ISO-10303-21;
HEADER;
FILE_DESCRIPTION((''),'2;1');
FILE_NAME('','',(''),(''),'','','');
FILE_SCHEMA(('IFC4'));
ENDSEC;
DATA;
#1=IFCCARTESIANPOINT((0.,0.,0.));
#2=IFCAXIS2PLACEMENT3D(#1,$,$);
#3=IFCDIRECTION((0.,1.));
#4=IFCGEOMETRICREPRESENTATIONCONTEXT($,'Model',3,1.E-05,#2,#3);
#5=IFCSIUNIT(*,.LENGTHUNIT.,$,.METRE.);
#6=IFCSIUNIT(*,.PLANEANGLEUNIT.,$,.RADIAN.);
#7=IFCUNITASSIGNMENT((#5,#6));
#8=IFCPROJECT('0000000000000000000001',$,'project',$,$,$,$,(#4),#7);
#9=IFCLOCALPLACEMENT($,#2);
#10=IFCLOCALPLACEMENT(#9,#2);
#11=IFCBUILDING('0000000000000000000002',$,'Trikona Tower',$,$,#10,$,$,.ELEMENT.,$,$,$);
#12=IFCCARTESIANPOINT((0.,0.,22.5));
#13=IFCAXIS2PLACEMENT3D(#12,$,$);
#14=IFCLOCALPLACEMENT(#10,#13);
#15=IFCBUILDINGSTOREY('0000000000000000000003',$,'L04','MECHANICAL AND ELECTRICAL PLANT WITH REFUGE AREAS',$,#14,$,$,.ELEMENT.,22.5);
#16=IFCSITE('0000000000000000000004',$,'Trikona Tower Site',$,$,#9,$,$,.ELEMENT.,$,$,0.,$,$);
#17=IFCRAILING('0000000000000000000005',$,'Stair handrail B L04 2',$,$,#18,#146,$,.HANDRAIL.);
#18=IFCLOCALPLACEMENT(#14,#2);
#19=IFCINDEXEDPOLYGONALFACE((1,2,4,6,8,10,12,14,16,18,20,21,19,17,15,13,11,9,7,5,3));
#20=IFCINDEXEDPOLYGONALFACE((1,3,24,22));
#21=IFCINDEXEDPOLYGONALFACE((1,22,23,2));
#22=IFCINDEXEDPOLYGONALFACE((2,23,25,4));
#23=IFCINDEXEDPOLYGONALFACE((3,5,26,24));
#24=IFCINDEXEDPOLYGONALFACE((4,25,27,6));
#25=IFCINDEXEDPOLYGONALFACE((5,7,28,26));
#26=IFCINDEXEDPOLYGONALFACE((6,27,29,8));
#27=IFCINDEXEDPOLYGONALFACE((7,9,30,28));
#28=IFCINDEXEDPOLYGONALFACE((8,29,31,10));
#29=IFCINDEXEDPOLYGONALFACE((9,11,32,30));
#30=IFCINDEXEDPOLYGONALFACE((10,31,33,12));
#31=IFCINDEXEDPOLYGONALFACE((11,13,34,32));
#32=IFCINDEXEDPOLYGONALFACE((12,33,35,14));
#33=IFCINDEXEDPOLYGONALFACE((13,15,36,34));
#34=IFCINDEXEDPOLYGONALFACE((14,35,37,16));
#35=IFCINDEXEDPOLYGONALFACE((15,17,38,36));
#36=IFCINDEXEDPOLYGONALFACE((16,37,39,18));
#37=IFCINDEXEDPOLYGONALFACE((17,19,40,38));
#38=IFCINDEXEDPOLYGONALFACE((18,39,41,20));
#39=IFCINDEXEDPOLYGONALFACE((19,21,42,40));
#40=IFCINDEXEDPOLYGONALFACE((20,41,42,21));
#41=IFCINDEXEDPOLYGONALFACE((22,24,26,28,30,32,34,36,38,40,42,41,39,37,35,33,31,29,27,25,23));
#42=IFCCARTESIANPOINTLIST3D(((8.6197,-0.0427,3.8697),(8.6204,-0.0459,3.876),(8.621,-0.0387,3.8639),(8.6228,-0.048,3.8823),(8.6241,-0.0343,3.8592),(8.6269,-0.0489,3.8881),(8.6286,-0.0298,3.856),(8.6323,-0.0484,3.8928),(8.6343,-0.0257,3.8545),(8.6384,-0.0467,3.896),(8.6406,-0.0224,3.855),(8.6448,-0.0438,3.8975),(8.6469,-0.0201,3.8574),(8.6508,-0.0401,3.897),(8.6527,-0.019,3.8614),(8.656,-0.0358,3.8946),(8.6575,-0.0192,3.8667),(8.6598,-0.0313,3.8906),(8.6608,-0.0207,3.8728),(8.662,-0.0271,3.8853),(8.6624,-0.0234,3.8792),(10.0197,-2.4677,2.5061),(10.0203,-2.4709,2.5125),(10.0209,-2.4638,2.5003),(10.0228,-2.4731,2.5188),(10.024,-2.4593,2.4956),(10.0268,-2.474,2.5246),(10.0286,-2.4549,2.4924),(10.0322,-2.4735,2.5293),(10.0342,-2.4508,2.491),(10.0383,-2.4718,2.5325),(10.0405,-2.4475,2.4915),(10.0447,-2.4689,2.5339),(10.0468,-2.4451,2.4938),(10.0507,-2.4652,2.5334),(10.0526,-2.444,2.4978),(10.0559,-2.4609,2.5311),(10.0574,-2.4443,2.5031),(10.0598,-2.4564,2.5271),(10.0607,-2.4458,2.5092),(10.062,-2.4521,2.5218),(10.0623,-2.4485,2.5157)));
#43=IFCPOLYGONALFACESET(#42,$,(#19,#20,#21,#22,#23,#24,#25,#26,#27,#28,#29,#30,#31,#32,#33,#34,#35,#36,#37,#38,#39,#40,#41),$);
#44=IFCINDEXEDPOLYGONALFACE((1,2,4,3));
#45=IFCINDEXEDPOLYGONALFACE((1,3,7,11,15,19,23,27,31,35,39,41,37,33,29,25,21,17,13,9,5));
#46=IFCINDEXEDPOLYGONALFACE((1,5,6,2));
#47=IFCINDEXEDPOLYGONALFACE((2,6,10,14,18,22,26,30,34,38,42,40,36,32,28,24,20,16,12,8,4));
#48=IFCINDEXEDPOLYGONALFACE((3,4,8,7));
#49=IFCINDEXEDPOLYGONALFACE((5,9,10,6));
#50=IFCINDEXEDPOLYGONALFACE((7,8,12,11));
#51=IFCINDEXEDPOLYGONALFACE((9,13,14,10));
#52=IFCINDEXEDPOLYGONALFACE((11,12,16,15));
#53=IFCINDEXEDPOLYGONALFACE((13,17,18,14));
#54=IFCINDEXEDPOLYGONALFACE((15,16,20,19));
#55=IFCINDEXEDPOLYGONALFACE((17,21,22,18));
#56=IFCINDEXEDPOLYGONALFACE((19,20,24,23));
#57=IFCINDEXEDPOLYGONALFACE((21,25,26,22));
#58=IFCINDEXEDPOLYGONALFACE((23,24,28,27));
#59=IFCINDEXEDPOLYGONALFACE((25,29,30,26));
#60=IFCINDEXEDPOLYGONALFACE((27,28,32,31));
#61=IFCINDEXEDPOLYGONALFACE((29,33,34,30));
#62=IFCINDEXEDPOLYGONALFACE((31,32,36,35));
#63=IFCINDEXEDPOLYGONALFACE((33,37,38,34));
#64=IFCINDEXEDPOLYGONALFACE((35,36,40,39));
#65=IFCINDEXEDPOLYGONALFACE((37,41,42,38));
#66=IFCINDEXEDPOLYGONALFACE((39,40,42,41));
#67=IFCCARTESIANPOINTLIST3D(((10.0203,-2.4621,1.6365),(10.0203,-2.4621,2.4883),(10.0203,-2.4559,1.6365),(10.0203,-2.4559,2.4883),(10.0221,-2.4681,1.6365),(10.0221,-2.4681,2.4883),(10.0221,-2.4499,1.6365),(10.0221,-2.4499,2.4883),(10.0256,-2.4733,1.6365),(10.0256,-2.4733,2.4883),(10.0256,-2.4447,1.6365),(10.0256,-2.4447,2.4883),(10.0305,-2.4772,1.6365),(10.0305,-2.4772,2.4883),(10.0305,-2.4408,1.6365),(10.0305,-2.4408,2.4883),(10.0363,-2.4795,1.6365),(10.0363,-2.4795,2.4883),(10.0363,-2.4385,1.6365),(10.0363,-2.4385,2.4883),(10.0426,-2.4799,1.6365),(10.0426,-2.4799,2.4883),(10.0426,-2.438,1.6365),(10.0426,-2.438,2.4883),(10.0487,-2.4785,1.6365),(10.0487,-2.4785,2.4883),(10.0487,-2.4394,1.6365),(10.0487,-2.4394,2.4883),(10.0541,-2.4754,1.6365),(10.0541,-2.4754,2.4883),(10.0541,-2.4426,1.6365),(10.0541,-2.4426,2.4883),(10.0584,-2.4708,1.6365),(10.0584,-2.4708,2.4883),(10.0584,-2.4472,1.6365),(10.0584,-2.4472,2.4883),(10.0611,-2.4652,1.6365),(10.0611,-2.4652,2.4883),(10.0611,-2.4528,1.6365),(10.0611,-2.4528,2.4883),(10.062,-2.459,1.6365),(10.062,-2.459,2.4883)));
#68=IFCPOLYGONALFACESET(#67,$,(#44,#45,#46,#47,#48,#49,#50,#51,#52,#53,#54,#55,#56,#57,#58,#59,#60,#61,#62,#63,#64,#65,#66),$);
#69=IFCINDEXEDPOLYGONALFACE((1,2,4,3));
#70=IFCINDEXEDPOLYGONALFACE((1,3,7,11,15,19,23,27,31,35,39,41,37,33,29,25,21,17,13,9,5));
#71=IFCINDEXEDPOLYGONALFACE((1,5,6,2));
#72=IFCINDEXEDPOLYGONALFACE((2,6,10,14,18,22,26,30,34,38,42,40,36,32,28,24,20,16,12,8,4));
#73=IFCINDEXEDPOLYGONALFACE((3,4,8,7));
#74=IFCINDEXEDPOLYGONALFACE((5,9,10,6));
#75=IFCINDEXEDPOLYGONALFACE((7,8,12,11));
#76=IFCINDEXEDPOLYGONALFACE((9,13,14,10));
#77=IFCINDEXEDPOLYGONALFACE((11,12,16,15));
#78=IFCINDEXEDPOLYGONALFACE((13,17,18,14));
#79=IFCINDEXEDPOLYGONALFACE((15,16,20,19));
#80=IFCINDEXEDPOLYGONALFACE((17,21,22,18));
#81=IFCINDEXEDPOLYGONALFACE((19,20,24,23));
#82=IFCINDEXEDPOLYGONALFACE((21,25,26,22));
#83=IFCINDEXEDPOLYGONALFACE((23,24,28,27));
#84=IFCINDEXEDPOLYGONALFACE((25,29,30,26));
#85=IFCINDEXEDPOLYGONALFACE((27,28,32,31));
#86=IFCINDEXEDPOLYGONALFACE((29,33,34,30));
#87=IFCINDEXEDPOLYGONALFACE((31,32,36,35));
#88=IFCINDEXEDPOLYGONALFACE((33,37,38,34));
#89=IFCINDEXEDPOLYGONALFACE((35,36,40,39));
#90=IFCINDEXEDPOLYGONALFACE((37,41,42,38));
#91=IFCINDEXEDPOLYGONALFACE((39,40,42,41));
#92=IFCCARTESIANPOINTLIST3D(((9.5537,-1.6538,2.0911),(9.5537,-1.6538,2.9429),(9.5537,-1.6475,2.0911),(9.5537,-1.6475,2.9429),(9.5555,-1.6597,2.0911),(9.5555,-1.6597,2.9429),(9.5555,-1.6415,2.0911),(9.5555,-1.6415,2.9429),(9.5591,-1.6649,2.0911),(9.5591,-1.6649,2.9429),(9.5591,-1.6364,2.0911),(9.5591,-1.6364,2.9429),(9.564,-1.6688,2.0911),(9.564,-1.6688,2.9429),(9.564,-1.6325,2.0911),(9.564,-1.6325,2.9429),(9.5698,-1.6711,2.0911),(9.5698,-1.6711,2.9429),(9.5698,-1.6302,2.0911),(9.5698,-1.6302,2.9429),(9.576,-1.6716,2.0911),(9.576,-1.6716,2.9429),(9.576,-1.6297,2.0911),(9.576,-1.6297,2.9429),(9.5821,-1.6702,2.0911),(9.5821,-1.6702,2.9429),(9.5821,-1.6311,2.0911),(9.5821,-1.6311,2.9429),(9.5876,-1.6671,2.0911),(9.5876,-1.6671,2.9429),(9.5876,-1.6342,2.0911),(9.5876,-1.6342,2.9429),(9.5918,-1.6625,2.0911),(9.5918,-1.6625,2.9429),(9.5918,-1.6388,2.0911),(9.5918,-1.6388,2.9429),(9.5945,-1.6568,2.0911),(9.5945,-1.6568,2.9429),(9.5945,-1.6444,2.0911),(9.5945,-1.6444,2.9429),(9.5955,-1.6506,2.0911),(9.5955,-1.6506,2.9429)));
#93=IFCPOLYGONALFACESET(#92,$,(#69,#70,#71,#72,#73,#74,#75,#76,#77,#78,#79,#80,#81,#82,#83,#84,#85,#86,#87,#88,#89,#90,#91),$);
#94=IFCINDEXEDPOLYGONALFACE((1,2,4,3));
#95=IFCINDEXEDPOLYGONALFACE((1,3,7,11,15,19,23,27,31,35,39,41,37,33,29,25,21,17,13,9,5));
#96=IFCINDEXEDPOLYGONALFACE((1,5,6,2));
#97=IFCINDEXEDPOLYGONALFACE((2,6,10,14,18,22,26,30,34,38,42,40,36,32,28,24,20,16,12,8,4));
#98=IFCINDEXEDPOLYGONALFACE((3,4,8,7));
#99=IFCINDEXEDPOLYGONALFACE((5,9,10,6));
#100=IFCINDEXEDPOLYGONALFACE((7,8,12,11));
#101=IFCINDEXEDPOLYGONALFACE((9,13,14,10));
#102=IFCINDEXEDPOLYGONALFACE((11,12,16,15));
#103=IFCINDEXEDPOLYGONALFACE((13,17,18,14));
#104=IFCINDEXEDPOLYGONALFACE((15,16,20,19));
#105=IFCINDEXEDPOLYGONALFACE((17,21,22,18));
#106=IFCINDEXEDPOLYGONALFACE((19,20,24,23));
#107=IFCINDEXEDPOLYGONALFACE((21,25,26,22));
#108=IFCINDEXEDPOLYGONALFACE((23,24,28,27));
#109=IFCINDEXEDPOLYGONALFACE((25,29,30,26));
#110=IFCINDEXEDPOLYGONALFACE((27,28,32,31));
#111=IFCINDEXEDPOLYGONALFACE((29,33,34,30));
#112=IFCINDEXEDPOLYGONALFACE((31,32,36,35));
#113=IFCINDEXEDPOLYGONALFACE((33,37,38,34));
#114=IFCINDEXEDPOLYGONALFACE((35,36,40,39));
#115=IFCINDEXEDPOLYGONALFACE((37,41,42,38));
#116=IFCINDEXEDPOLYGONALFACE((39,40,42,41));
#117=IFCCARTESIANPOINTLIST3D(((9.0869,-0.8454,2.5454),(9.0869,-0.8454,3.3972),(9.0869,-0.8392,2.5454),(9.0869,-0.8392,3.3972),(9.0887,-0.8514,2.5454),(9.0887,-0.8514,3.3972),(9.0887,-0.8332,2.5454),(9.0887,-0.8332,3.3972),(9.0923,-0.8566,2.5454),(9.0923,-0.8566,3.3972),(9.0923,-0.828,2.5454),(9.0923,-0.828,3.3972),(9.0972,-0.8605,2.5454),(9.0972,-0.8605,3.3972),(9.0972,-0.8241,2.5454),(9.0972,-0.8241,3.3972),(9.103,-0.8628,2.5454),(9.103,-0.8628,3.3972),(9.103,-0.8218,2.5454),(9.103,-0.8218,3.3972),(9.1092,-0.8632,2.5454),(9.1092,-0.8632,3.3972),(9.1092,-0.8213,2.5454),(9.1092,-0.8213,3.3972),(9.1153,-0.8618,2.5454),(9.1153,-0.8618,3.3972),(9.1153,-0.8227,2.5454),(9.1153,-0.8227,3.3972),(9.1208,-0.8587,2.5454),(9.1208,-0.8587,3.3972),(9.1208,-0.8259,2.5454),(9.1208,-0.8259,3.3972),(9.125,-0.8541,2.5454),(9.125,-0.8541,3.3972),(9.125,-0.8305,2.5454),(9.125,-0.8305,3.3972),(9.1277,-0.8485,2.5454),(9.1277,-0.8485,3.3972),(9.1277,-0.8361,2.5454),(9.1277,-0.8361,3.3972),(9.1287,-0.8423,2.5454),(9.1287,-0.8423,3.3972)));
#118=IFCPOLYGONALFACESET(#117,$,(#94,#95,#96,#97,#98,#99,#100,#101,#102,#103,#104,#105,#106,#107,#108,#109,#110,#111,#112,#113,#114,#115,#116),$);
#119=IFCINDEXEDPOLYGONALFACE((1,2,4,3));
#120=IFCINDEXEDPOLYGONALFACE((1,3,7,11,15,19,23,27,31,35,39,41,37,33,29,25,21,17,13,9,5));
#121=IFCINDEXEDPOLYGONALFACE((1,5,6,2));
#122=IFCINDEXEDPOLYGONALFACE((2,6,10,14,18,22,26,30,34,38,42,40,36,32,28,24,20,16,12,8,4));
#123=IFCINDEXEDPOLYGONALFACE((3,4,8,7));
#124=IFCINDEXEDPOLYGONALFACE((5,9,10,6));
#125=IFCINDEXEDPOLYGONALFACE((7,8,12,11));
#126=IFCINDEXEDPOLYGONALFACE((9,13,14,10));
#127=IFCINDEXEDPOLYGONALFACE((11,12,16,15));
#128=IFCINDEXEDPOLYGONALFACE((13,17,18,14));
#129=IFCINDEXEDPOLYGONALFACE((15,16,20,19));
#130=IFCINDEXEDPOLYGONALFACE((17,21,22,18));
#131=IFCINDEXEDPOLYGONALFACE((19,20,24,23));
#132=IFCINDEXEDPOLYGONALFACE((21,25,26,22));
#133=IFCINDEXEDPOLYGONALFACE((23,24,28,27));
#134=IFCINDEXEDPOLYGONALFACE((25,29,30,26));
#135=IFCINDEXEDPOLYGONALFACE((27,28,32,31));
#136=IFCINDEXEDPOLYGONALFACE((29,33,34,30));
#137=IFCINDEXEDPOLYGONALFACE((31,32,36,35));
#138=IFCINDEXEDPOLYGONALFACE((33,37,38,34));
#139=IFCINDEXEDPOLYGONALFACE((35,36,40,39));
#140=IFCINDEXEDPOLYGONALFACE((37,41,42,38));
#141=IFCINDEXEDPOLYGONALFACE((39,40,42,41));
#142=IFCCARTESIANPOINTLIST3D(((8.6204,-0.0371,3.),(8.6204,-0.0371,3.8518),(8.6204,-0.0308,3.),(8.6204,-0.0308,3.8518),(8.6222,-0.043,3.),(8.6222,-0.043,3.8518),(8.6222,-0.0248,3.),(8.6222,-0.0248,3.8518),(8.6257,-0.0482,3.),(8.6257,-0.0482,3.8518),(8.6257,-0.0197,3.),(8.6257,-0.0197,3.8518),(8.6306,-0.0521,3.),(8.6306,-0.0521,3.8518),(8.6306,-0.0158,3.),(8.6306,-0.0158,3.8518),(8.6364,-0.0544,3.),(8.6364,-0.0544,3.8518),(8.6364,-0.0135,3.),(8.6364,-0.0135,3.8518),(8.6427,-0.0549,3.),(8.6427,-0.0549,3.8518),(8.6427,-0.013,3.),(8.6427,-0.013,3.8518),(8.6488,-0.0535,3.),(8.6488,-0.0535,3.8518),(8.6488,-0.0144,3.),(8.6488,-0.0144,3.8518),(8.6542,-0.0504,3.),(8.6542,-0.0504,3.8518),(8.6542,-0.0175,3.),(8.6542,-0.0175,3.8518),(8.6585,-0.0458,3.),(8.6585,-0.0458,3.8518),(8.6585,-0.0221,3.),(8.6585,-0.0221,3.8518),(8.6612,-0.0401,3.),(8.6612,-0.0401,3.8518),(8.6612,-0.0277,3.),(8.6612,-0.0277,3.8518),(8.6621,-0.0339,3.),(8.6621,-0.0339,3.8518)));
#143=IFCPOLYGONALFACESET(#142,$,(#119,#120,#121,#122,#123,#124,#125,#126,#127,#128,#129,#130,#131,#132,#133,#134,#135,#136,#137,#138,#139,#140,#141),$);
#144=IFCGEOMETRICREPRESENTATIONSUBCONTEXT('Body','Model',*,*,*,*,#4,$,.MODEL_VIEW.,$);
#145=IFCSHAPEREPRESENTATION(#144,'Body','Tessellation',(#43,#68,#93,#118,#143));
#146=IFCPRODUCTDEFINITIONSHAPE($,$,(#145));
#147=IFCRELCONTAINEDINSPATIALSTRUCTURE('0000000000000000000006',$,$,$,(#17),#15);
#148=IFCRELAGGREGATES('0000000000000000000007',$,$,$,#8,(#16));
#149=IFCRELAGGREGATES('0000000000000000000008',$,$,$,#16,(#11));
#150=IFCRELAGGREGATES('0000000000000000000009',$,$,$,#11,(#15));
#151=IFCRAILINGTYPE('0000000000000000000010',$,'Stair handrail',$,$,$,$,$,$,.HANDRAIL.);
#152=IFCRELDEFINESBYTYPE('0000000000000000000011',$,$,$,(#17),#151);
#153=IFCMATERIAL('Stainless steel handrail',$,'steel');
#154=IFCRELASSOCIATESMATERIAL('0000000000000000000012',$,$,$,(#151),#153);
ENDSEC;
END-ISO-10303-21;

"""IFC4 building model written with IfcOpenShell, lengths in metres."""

from ifc_helpers import new_model, si_unit, direction, frame, origin, origin_2d, place, context, subcontext, project, spatial, circle, extrude, material, type_object, element, save


model = new_model("IFC4")

# Units and contexts
model_context = context("Model", 3, precision=1e-05, world=origin(), true_north=direction((0.0, 1.0)))
body_context = subcontext(model_context, "Body", "Model", "MODEL_VIEW")
ifc_project = project(units=[si_unit("LENGTHUNIT", "METRE"), si_unit("PLANEANGLEUNIT", "RADIAN")], contexts=[model_context])

# Site, building, storey
site_placement = place(None, origin())
site = spatial("IfcSite", under=ifc_project, at=site_placement, Name="Trikona Tower Site", CompositionType="ELEMENT", RefElevation=0.0)
building_placement = place(site_placement, origin())
building = spatial("IfcBuilding", under=site, at=building_placement, Name="Trikona Tower", CompositionType="ELEMENT")
storey_placement = place(building_placement, frame((0.0, 0.0, 22.5)))
storey = spatial("IfcBuildingStorey", under=building, at=storey_placement, Name="L04", Description="MECHANICAL AND ELECTRICAL PLANT WITH REFUGE AREAS", CompositionType="ELEMENT", Elevation=22.5)

# Railing
ifc_material_1 = material(Name="Stainless steel handrail", Category="steel")
railing_type = type_object("IfcRailingType", Name="Stair handrail", PredefinedType="HANDRAIL", material=ifc_material_1)
for number, where, name in (
    (1, (10.041, -2.459, 1.6365), "Stair handrail B L04 2"),
):
    element("IfcRailing", number, at=place(storey_placement, frame(where)), inside=storey, type_object=railing_type, Name=name, PredefinedType="HANDRAIL", context=body_context, shape_type="SweptSolid", body=[
        extrude(circle(Radius=0.0239, at=origin_2d()), frame((0.0, 0.0, 0.876), z_axis=(-0.449486, 0.778645, 0.437806), x_axis=(-0.866056, -0.499946, 0.0)), (0.0, 0.0, 1.0), 3.1145),
        extrude(circle(Radius=0.021, at=origin_2d()), origin(), (0.0, 0.0, 1.0), 0.8518),
        extrude(circle(Radius=0.021, at=origin_2d()), frame((-0.4666, 0.8083, 0.4546)), (0.0, 0.0, 1.0), 0.8518),
        extrude(circle(Radius=0.021, at=origin_2d()), frame((-0.9333, 1.6167, 0.9089)), (0.0, 0.0, 1.0), 0.8518),
        extrude(circle(Radius=0.021, at=origin_2d()), frame((-1.3999, 2.425, 1.3635)), (0.0, 0.0, 1.0), 0.8518),
    ])

save(model, "model.ifc")
